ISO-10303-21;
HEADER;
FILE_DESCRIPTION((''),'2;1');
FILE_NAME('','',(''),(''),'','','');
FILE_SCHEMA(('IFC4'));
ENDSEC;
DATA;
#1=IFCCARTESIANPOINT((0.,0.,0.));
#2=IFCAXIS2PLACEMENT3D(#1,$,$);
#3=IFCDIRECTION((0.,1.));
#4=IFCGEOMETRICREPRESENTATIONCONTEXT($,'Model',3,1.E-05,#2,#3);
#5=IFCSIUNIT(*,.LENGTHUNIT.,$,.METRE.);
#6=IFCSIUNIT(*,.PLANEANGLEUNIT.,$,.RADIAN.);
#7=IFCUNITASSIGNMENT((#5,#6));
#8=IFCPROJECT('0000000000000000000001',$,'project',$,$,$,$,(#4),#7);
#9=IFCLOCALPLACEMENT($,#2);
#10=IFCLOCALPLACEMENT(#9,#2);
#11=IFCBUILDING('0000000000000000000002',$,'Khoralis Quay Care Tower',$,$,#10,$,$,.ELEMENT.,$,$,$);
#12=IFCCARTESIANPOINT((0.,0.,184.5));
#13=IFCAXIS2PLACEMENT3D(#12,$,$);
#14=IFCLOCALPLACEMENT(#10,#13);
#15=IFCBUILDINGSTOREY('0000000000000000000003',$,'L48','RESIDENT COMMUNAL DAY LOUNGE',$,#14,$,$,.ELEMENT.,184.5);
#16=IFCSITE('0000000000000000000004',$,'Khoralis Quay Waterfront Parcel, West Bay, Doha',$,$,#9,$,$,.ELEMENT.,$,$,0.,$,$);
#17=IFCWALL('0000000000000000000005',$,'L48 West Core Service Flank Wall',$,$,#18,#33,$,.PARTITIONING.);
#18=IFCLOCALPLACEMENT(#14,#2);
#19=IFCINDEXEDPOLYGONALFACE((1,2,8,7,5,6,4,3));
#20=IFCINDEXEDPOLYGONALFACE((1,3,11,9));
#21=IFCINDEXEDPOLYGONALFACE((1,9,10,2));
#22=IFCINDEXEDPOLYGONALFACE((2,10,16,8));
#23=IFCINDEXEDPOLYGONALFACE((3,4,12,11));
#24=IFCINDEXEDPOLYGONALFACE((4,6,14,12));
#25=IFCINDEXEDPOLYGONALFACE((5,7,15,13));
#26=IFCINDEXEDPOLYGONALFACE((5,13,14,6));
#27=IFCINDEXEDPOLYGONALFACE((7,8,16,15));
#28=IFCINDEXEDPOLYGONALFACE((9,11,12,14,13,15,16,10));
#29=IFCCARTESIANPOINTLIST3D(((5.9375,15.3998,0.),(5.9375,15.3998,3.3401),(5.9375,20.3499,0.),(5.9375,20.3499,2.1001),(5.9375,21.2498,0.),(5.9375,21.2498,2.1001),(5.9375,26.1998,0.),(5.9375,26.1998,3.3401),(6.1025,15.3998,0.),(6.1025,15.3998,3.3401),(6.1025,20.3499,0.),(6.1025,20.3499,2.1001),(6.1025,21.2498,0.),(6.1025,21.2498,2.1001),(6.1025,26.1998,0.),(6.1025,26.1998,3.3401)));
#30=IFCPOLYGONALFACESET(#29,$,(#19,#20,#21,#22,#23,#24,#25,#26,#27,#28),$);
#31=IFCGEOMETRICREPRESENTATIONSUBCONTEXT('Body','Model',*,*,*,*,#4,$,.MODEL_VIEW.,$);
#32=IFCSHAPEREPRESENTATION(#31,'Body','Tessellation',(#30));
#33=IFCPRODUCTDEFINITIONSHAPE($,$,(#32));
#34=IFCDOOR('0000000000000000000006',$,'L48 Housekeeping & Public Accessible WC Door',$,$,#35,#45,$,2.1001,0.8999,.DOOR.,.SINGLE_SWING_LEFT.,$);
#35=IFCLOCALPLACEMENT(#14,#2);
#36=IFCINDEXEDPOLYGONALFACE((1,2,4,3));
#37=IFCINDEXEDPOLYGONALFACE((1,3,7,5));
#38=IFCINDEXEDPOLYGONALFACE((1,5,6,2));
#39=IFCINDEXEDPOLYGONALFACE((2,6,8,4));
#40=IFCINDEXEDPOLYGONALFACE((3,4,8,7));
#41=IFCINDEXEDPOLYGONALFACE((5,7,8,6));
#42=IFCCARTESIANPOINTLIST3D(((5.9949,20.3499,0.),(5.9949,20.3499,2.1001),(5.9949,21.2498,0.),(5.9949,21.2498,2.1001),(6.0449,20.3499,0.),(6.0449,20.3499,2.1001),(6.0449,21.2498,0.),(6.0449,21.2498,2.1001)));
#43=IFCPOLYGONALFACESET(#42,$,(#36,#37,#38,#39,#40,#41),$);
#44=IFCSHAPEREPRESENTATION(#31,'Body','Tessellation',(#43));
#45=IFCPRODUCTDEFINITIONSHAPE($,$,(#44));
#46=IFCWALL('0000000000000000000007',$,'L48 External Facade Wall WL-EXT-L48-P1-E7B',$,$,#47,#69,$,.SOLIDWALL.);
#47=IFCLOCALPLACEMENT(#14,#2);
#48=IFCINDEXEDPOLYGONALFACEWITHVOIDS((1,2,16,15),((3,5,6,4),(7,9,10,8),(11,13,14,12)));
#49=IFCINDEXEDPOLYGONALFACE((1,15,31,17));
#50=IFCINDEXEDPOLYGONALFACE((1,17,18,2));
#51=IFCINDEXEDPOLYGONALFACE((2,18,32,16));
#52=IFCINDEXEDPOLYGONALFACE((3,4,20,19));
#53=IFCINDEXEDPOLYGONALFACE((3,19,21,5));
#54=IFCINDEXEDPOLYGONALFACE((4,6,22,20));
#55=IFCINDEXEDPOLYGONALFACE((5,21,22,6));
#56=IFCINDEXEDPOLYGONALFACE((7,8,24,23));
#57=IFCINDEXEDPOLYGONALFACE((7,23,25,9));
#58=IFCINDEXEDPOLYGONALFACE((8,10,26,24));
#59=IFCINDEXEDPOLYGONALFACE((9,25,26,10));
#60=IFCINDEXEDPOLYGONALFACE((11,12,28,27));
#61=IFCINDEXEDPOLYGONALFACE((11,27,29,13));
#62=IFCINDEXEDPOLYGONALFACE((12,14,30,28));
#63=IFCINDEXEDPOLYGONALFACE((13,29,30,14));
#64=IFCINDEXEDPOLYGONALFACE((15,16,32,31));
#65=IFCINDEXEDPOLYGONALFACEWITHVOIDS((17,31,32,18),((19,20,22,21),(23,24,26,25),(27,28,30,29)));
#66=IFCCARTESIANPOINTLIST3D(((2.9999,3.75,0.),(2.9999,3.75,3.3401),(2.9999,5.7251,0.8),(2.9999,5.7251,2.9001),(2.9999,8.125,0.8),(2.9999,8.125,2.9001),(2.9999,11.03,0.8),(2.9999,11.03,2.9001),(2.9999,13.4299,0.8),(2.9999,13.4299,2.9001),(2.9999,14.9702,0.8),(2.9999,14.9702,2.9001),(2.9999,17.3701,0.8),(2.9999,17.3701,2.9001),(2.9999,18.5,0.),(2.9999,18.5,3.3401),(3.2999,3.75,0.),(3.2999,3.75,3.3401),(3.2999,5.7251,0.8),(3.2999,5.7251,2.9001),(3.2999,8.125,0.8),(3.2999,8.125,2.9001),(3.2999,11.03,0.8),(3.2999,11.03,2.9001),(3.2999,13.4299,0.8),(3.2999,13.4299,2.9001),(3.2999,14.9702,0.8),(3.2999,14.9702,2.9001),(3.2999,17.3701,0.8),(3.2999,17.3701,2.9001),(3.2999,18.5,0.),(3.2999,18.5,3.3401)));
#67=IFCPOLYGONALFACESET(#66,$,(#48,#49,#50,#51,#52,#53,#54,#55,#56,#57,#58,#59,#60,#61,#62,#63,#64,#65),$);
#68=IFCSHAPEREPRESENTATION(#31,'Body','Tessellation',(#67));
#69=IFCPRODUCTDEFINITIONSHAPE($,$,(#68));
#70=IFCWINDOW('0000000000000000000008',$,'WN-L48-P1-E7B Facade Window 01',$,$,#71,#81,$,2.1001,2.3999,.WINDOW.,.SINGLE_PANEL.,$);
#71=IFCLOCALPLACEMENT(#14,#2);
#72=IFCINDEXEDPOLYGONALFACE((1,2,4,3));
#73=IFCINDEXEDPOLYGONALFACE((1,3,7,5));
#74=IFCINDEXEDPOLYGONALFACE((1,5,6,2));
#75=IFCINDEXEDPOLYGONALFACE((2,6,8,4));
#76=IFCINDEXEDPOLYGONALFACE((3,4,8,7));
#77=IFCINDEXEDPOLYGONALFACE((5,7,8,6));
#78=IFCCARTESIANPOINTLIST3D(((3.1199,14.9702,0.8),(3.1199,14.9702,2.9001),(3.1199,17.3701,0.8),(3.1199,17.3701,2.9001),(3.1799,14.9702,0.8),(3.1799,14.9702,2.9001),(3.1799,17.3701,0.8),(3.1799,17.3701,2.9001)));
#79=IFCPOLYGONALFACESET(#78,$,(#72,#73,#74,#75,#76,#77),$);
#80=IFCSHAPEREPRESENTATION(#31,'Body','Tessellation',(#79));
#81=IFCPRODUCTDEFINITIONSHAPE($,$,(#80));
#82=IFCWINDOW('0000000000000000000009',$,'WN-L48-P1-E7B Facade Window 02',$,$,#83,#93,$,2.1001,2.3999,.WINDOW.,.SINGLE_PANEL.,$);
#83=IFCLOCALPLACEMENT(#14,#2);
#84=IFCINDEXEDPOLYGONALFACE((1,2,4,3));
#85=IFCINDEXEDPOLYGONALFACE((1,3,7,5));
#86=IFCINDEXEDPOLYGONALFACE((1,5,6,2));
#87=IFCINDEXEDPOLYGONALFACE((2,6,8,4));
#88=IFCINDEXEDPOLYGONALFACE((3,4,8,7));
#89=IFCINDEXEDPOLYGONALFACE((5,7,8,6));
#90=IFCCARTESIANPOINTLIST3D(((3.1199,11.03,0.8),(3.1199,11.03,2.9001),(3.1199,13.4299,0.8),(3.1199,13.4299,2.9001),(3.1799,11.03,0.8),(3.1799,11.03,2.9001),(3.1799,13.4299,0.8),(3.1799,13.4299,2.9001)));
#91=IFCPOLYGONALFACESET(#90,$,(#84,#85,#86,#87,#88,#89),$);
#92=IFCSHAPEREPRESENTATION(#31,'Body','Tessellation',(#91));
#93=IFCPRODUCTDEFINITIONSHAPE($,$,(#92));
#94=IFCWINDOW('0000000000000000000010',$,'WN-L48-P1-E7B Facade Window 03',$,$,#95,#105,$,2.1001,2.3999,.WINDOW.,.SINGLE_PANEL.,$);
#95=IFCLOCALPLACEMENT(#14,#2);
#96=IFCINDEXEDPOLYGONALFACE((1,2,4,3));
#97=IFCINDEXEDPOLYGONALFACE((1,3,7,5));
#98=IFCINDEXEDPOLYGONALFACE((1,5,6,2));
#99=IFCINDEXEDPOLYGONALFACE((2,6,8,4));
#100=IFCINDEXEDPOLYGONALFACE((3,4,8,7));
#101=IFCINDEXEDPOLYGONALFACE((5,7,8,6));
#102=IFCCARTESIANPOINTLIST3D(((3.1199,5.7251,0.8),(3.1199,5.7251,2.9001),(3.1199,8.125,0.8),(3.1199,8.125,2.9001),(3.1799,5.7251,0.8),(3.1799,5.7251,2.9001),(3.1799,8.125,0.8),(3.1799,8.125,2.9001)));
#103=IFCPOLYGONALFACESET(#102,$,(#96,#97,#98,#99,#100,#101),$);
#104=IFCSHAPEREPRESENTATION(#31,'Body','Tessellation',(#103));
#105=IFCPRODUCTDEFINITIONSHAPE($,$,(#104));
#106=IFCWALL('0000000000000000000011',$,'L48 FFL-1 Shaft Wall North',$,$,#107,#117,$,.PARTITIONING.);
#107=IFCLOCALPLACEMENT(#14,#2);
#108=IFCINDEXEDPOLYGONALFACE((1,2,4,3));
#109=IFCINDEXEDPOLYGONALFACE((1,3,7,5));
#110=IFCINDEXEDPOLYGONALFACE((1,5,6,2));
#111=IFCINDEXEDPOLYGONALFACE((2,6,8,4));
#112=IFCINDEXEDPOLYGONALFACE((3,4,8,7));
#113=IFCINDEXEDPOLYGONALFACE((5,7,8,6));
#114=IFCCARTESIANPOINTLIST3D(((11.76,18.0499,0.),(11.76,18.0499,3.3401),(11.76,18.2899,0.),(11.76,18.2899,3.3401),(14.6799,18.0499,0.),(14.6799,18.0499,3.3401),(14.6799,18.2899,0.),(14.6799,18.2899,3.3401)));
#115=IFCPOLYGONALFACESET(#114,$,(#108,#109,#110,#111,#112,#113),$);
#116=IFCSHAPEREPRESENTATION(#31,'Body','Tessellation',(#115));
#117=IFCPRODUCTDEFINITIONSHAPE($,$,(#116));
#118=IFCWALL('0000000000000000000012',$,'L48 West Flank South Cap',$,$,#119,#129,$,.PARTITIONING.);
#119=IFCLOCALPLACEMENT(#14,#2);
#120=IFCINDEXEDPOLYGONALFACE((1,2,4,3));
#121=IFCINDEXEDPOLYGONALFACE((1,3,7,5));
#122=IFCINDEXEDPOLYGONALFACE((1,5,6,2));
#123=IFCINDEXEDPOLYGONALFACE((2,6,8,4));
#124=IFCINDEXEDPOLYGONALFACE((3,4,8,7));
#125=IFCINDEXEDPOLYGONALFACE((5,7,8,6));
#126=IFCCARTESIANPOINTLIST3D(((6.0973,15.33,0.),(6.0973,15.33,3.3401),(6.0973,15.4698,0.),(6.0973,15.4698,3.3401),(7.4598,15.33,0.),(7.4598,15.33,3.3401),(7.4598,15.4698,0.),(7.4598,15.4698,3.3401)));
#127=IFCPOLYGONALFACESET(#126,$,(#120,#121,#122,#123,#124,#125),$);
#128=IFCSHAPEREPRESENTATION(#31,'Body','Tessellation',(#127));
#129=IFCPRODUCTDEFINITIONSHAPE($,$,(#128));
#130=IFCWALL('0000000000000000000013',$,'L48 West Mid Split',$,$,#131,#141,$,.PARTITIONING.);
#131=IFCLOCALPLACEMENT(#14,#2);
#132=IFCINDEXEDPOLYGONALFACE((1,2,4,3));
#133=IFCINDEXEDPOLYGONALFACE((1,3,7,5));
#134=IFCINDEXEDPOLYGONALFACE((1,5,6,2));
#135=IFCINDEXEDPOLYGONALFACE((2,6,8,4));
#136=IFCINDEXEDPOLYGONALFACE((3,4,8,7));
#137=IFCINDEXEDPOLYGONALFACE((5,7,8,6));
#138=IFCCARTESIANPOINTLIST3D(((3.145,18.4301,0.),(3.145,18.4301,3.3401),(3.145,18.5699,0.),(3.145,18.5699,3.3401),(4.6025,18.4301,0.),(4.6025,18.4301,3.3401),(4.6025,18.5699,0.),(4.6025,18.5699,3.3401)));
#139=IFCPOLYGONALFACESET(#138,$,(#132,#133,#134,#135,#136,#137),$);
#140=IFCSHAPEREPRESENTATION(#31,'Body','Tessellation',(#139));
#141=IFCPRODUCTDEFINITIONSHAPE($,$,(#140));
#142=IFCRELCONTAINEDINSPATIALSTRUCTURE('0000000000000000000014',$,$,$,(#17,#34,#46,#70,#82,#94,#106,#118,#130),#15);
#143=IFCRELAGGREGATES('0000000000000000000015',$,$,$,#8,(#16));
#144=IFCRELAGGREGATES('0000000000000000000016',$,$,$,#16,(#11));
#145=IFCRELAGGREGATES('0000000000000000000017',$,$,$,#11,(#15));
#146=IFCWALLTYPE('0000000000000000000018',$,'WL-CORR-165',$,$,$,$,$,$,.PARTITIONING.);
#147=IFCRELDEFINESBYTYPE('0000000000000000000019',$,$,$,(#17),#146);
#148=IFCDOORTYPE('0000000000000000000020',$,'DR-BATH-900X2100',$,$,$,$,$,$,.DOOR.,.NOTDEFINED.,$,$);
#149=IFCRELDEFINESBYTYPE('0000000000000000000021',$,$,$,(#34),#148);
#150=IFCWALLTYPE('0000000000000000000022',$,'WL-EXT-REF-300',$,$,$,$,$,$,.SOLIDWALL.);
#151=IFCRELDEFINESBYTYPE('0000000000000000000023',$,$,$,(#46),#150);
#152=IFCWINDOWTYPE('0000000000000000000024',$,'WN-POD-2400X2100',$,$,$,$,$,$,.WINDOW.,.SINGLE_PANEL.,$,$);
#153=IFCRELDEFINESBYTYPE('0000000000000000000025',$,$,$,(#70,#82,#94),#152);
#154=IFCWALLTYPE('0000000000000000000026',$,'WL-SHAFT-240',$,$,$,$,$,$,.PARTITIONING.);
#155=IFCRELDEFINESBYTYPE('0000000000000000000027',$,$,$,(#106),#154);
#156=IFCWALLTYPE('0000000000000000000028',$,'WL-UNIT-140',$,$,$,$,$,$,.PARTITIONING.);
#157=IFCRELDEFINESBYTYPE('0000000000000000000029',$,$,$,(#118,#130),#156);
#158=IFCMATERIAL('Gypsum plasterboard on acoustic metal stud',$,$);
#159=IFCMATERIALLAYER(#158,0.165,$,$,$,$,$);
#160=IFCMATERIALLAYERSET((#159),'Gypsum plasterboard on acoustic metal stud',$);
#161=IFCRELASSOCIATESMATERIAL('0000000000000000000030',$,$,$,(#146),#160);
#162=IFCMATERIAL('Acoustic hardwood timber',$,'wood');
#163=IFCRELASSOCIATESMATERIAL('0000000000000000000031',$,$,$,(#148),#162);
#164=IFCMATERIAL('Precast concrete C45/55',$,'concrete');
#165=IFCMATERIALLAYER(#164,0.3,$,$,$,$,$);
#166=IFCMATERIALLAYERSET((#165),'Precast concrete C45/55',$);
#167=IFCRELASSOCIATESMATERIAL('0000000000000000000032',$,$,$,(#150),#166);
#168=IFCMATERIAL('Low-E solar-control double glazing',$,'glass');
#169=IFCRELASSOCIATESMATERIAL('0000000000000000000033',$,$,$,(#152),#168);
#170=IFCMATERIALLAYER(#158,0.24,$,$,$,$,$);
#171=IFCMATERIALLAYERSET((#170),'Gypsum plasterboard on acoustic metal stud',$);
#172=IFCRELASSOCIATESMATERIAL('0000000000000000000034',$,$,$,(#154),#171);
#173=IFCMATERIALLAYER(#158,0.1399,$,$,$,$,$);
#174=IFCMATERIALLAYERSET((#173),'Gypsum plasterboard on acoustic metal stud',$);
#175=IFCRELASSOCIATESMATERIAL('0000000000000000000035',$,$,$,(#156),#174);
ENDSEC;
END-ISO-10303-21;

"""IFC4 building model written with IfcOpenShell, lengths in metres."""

from ifc_helpers import new_model, si_unit, direction, frame, frame_2d, origin, place, context, subcontext, project, spatial, rectangle, extrude, source, transform, mapped, material, layer, layer_set, type_object, element, fill, save


model = new_model("IFC4")

# Units and contexts
model_context = context("Model", 3, precision=1e-05, world=origin(), true_north=direction((0.0, 1.0)))
body_context = subcontext(model_context, "Body", "Model", "MODEL_VIEW")
ifc_project = project(units=[si_unit("LENGTHUNIT", "METRE"), si_unit("PLANEANGLEUNIT", "RADIAN")], contexts=[model_context])

# Site, building, storey
site_placement = place(None, origin())
site = spatial("IfcSite", under=ifc_project, at=site_placement, Name="Khoralis Quay Waterfront Parcel, West Bay, Doha", CompositionType="ELEMENT", RefElevation=0.0)
building_placement = place(site_placement, origin())
building = spatial("IfcBuilding", under=site, at=building_placement, Name="Khoralis Quay Care Tower", CompositionType="ELEMENT")
storey_placement = place(building_placement, frame((0.0, 0.0, 184.5)))
storey = spatial("IfcBuildingStorey", under=building, at=storey_placement, Name="L48", Description="RESIDENT COMMUNAL DAY LOUNGE", CompositionType="ELEMENT", Elevation=184.5)

# Shared definitions
ifc_material_1 = material(Name="Low-E solar-control double glazing", Category="glass")

# Wall, opening, door
ifc_material_2 = material(Name="Gypsum plasterboard on acoustic metal stud")
ifc_layer_1 = layer(ifc_material_2, 0.165)
ifc_layer_set_1 = layer_set([ifc_layer_1], Name="Gypsum plasterboard on acoustic metal stud")
wall_type_1 = type_object("IfcWallType", Name="WL-CORR-165", PredefinedType="PARTITIONING", material=ifc_layer_set_1)
wall_1_placement = place(storey_placement, frame((6.02, 15.3999, 0.0), z_axis=(0.0, 0.0, 1.0), x_axis=(0.0, 1.0, 0.0)))
wall_1 = element("IfcWall", 1, at=wall_1_placement, inside=storey, type_object=wall_type_1, Name="L48 West Core Service Flank Wall", PredefinedType="PARTITIONING", context=body_context, shape_type="SweptSolid", body=[
    extrude(rectangle(XDim=10.8, YDim=0.165, at=frame_2d((5.3999, 0.0))), origin(), (0.0, 0.0, 1.0), 3.3401),
])
opening_1_placement = place(wall_1_placement, frame((4.95, 0.0, 0.0)))
opening_1 = element("IfcOpeningElement", 2, at=opening_1_placement, cuts=wall_1, PredefinedType="OPENING", context=body_context, shape_type="SweptSolid", body=[
    extrude(rectangle(XDim=0.8999, YDim=2.1001, at=frame_2d((0.45, 1.05))), frame((0.0, 0.0925, 0.0), z_axis=(0.0, -1.0, 0.0), x_axis=(1.0, 0.0, 0.0)), (0.0, 0.0, 1.0), 0.1851),
])
ifc_material_3 = material(Name="Acoustic hardwood timber", Category="wood")
door_type = type_object("IfcDoorType", Name="DR-BATH-900X2100", OperationType="NOTDEFINED", PredefinedType="DOOR", material=ifc_material_3)
shared_shape_1 = source(origin(), body_context, "Body", "SweptSolid", [
    extrude(rectangle(XDim=0.8999, YDim=2.1001, at=frame_2d((0.45, 1.05))), frame((0.0, 0.0249, 0.0), z_axis=(0.0, -1.0, 0.0), x_axis=(1.0, 0.0, 0.0)), (0.0, 0.0, 1.0), 0.05),
])
door_placement = place(opening_1_placement, frame((0.8999, 0.0, 0.0), z_axis=(0.0, 0.0, 1.0), x_axis=(-1.0, 0.0, 0.0)))
door = element("IfcDoor", 3, at=door_placement, inside=storey, type_object=door_type, Name="L48 Housekeeping & Public Accessible WC Door", OperationType="SINGLE_SWING_LEFT", OverallHeight=2.1001, OverallWidth=0.8999, PredefinedType="DOOR", context=body_context, shape_type="MappedRepresentation", body=[
    mapped(shared_shape_1, transform((0.0, 0.0, 0.0), scale=1.0)),
])
fill(opening_1, door)

# Wall, openings, windows
ifc_material_4 = material(Name="Precast concrete C45/55", Category="concrete")
ifc_layer_2 = layer(ifc_material_4, 0.3)
ifc_layer_set_2 = layer_set([ifc_layer_2], Name="Precast concrete C45/55")
wall_type_2 = type_object("IfcWallType", Name="WL-EXT-REF-300", PredefinedType="SOLIDWALL", material=ifc_layer_set_2)
wall_2_placement = place(storey_placement, frame((3.1499, 18.5, 0.0), z_axis=(0.0, 0.0, 1.0), x_axis=(0.0, -1.0, 0.0)))
wall_2 = element("IfcWall", 4, at=wall_2_placement, inside=storey, type_object=wall_type_2, Name="L48 External Facade Wall WL-EXT-L48-P1-E7B", PredefinedType="SOLIDWALL", context=body_context, shape_type="SweptSolid", body=[
    extrude(rectangle(XDim=14.75, YDim=0.3, at=frame_2d((7.375, 0.0))), origin(), (0.0, 0.0, 1.0), 3.3401),
])
opening_2_placement = place(wall_2_placement, frame((1.1299, 0.0, 0.8)))
opening_2 = element("IfcOpeningElement", 5, at=opening_2_placement, cuts=wall_2, PredefinedType="OPENING", context=body_context, shape_type="SweptSolid", body=[
    extrude(rectangle(XDim=2.3999, YDim=2.1001, at=frame_2d((1.2, 1.05))), frame((0.0, 0.1602, 0.0), z_axis=(0.0, -1.0, 0.0), x_axis=(1.0, 0.0, 0.0)), (0.0, 0.0, 1.0), 0.3201),
])
opening_3_placement = place(wall_2_placement, frame((5.0701, 0.0, 0.8)))
opening_3 = element("IfcOpeningElement", 6, at=opening_3_placement, cuts=wall_2, PredefinedType="OPENING", context=body_context, shape_type="SweptSolid", body=[
    extrude(rectangle(XDim=2.3999, YDim=2.1001, at=frame_2d((1.2, 1.05))), frame((0.0, 0.1602, 0.0), z_axis=(0.0, -1.0, 0.0), x_axis=(1.0, 0.0, 0.0)), (0.0, 0.0, 1.0), 0.3201),
])
opening_4_placement = place(wall_2_placement, frame((10.375, 0.0, 0.8)))
opening_4 = element("IfcOpeningElement", 7, at=opening_4_placement, cuts=wall_2, PredefinedType="OPENING", context=body_context, shape_type="SweptSolid", body=[
    extrude(rectangle(XDim=2.3999, YDim=2.1001, at=frame_2d((1.2, 1.05))), frame((0.0, 0.1602, 0.0), z_axis=(0.0, -1.0, 0.0), x_axis=(1.0, 0.0, 0.0)), (0.0, 0.0, 1.0), 0.3201),
])
window_type = type_object("IfcWindowType", Name="WN-POD-2400X2100", PartitioningType="SINGLE_PANEL", PredefinedType="WINDOW", material=ifc_material_1)
shared_shape_2 = source(origin(), body_context, "Body", "SweptSolid", [
    extrude(rectangle(XDim=2.3999, YDim=2.1001, at=frame_2d((1.2, 1.05))), frame((0.0, 0.03, 0.0), z_axis=(0.0, -1.0, 0.0), x_axis=(1.0, 0.0, 0.0)), (0.0, 0.0, 1.0), 0.0601),
])
window_1_placement = place(opening_2_placement, origin())
window_1 = element("IfcWindow", 8, at=window_1_placement, inside=storey, type_object=window_type, Name="WN-L48-P1-E7B Facade Window 01", OverallHeight=2.1001, OverallWidth=2.3999, PartitioningType="SINGLE_PANEL", PredefinedType="WINDOW", context=body_context, shape_type="MappedRepresentation", body=[
    mapped(shared_shape_2, transform((0.0, 0.0, 0.0), scale=1.0)),
])
fill(opening_2, window_1)
window_2_placement = place(opening_3_placement, origin())
window_2 = element("IfcWindow", 9, at=window_2_placement, inside=storey, type_object=window_type, Name="WN-L48-P1-E7B Facade Window 02", OverallHeight=2.1001, OverallWidth=2.3999, PartitioningType="SINGLE_PANEL", PredefinedType="WINDOW", context=body_context, shape_type="MappedRepresentation", body=[
    mapped(shared_shape_2, transform((0.0, 0.0, 0.0), scale=1.0)),
])
fill(opening_3, window_2)
window_3_placement = place(opening_4_placement, origin())
window_3 = element("IfcWindow", 10, at=window_3_placement, inside=storey, type_object=window_type, Name="WN-L48-P1-E7B Facade Window 03", OverallHeight=2.1001, OverallWidth=2.3999, PartitioningType="SINGLE_PANEL", PredefinedType="WINDOW", context=body_context, shape_type="MappedRepresentation", body=[
    mapped(shared_shape_2, transform((0.0, 0.0, 0.0), scale=1.0)),
])
fill(opening_4, window_3)

# Walls
ifc_layer_3 = layer(ifc_material_2, 0.24)
ifc_layer_set_3 = layer_set([ifc_layer_3], Name="Gypsum plasterboard on acoustic metal stud")
wall_type_3 = type_object("IfcWallType", Name="WL-SHAFT-240", PredefinedType="PARTITIONING", material=ifc_layer_set_3)
wall_3_placement = place(storey_placement, frame((11.76, 18.1699, 0.0), z_axis=(0.0, 0.0, 1.0), x_axis=(1.0, 0.0, 0.0)))
element("IfcWall", 11, at=wall_3_placement, inside=storey, type_object=wall_type_3, Name="L48 FFL-1 Shaft Wall North", PredefinedType="PARTITIONING", context=body_context, shape_type="SweptSolid", body=[
    extrude(rectangle(XDim=2.9199, YDim=0.24, at=frame_2d((1.46, 0.0))), origin(), (0.0, 0.0, 1.0), 3.3401),
])
ifc_layer_4 = layer(ifc_material_2, 0.1399)
ifc_layer_set_4 = layer_set([ifc_layer_4], Name="Gypsum plasterboard on acoustic metal stud")
wall_type_4 = type_object("IfcWallType", Name="WL-UNIT-140", PredefinedType="PARTITIONING", material=ifc_layer_set_4)
wall_4_placement = place(storey_placement, frame((6.0974, 15.3999, 0.0), z_axis=(0.0, 0.0, 1.0), x_axis=(1.0, 0.0, 0.0)))
element("IfcWall", 12, at=wall_4_placement, inside=storey, type_object=wall_type_4, Name="L48 West Flank South Cap", PredefinedType="PARTITIONING", context=body_context, shape_type="SweptSolid", body=[
    extrude(rectangle(XDim=1.3625, YDim=0.1399, at=frame_2d((0.6812, 0.0))), origin(), (0.0, 0.0, 1.0), 3.3401),
])
wall_5_placement = place(storey_placement, frame((3.145, 18.5, 0.0), z_axis=(0.0, 0.0, 1.0), x_axis=(1.0, 0.0, 0.0)))
element("IfcWall", 13, at=wall_5_placement, inside=storey, type_object=wall_type_4, Name="L48 West Mid Split", PredefinedType="PARTITIONING", context=body_context, shape_type="SweptSolid", body=[
    extrude(rectangle(XDim=1.4575, YDim=0.1399, at=frame_2d((0.7288, 0.0))), origin(), (0.0, 0.0, 1.0), 3.3401),
])

save(model, "model.ifc")
